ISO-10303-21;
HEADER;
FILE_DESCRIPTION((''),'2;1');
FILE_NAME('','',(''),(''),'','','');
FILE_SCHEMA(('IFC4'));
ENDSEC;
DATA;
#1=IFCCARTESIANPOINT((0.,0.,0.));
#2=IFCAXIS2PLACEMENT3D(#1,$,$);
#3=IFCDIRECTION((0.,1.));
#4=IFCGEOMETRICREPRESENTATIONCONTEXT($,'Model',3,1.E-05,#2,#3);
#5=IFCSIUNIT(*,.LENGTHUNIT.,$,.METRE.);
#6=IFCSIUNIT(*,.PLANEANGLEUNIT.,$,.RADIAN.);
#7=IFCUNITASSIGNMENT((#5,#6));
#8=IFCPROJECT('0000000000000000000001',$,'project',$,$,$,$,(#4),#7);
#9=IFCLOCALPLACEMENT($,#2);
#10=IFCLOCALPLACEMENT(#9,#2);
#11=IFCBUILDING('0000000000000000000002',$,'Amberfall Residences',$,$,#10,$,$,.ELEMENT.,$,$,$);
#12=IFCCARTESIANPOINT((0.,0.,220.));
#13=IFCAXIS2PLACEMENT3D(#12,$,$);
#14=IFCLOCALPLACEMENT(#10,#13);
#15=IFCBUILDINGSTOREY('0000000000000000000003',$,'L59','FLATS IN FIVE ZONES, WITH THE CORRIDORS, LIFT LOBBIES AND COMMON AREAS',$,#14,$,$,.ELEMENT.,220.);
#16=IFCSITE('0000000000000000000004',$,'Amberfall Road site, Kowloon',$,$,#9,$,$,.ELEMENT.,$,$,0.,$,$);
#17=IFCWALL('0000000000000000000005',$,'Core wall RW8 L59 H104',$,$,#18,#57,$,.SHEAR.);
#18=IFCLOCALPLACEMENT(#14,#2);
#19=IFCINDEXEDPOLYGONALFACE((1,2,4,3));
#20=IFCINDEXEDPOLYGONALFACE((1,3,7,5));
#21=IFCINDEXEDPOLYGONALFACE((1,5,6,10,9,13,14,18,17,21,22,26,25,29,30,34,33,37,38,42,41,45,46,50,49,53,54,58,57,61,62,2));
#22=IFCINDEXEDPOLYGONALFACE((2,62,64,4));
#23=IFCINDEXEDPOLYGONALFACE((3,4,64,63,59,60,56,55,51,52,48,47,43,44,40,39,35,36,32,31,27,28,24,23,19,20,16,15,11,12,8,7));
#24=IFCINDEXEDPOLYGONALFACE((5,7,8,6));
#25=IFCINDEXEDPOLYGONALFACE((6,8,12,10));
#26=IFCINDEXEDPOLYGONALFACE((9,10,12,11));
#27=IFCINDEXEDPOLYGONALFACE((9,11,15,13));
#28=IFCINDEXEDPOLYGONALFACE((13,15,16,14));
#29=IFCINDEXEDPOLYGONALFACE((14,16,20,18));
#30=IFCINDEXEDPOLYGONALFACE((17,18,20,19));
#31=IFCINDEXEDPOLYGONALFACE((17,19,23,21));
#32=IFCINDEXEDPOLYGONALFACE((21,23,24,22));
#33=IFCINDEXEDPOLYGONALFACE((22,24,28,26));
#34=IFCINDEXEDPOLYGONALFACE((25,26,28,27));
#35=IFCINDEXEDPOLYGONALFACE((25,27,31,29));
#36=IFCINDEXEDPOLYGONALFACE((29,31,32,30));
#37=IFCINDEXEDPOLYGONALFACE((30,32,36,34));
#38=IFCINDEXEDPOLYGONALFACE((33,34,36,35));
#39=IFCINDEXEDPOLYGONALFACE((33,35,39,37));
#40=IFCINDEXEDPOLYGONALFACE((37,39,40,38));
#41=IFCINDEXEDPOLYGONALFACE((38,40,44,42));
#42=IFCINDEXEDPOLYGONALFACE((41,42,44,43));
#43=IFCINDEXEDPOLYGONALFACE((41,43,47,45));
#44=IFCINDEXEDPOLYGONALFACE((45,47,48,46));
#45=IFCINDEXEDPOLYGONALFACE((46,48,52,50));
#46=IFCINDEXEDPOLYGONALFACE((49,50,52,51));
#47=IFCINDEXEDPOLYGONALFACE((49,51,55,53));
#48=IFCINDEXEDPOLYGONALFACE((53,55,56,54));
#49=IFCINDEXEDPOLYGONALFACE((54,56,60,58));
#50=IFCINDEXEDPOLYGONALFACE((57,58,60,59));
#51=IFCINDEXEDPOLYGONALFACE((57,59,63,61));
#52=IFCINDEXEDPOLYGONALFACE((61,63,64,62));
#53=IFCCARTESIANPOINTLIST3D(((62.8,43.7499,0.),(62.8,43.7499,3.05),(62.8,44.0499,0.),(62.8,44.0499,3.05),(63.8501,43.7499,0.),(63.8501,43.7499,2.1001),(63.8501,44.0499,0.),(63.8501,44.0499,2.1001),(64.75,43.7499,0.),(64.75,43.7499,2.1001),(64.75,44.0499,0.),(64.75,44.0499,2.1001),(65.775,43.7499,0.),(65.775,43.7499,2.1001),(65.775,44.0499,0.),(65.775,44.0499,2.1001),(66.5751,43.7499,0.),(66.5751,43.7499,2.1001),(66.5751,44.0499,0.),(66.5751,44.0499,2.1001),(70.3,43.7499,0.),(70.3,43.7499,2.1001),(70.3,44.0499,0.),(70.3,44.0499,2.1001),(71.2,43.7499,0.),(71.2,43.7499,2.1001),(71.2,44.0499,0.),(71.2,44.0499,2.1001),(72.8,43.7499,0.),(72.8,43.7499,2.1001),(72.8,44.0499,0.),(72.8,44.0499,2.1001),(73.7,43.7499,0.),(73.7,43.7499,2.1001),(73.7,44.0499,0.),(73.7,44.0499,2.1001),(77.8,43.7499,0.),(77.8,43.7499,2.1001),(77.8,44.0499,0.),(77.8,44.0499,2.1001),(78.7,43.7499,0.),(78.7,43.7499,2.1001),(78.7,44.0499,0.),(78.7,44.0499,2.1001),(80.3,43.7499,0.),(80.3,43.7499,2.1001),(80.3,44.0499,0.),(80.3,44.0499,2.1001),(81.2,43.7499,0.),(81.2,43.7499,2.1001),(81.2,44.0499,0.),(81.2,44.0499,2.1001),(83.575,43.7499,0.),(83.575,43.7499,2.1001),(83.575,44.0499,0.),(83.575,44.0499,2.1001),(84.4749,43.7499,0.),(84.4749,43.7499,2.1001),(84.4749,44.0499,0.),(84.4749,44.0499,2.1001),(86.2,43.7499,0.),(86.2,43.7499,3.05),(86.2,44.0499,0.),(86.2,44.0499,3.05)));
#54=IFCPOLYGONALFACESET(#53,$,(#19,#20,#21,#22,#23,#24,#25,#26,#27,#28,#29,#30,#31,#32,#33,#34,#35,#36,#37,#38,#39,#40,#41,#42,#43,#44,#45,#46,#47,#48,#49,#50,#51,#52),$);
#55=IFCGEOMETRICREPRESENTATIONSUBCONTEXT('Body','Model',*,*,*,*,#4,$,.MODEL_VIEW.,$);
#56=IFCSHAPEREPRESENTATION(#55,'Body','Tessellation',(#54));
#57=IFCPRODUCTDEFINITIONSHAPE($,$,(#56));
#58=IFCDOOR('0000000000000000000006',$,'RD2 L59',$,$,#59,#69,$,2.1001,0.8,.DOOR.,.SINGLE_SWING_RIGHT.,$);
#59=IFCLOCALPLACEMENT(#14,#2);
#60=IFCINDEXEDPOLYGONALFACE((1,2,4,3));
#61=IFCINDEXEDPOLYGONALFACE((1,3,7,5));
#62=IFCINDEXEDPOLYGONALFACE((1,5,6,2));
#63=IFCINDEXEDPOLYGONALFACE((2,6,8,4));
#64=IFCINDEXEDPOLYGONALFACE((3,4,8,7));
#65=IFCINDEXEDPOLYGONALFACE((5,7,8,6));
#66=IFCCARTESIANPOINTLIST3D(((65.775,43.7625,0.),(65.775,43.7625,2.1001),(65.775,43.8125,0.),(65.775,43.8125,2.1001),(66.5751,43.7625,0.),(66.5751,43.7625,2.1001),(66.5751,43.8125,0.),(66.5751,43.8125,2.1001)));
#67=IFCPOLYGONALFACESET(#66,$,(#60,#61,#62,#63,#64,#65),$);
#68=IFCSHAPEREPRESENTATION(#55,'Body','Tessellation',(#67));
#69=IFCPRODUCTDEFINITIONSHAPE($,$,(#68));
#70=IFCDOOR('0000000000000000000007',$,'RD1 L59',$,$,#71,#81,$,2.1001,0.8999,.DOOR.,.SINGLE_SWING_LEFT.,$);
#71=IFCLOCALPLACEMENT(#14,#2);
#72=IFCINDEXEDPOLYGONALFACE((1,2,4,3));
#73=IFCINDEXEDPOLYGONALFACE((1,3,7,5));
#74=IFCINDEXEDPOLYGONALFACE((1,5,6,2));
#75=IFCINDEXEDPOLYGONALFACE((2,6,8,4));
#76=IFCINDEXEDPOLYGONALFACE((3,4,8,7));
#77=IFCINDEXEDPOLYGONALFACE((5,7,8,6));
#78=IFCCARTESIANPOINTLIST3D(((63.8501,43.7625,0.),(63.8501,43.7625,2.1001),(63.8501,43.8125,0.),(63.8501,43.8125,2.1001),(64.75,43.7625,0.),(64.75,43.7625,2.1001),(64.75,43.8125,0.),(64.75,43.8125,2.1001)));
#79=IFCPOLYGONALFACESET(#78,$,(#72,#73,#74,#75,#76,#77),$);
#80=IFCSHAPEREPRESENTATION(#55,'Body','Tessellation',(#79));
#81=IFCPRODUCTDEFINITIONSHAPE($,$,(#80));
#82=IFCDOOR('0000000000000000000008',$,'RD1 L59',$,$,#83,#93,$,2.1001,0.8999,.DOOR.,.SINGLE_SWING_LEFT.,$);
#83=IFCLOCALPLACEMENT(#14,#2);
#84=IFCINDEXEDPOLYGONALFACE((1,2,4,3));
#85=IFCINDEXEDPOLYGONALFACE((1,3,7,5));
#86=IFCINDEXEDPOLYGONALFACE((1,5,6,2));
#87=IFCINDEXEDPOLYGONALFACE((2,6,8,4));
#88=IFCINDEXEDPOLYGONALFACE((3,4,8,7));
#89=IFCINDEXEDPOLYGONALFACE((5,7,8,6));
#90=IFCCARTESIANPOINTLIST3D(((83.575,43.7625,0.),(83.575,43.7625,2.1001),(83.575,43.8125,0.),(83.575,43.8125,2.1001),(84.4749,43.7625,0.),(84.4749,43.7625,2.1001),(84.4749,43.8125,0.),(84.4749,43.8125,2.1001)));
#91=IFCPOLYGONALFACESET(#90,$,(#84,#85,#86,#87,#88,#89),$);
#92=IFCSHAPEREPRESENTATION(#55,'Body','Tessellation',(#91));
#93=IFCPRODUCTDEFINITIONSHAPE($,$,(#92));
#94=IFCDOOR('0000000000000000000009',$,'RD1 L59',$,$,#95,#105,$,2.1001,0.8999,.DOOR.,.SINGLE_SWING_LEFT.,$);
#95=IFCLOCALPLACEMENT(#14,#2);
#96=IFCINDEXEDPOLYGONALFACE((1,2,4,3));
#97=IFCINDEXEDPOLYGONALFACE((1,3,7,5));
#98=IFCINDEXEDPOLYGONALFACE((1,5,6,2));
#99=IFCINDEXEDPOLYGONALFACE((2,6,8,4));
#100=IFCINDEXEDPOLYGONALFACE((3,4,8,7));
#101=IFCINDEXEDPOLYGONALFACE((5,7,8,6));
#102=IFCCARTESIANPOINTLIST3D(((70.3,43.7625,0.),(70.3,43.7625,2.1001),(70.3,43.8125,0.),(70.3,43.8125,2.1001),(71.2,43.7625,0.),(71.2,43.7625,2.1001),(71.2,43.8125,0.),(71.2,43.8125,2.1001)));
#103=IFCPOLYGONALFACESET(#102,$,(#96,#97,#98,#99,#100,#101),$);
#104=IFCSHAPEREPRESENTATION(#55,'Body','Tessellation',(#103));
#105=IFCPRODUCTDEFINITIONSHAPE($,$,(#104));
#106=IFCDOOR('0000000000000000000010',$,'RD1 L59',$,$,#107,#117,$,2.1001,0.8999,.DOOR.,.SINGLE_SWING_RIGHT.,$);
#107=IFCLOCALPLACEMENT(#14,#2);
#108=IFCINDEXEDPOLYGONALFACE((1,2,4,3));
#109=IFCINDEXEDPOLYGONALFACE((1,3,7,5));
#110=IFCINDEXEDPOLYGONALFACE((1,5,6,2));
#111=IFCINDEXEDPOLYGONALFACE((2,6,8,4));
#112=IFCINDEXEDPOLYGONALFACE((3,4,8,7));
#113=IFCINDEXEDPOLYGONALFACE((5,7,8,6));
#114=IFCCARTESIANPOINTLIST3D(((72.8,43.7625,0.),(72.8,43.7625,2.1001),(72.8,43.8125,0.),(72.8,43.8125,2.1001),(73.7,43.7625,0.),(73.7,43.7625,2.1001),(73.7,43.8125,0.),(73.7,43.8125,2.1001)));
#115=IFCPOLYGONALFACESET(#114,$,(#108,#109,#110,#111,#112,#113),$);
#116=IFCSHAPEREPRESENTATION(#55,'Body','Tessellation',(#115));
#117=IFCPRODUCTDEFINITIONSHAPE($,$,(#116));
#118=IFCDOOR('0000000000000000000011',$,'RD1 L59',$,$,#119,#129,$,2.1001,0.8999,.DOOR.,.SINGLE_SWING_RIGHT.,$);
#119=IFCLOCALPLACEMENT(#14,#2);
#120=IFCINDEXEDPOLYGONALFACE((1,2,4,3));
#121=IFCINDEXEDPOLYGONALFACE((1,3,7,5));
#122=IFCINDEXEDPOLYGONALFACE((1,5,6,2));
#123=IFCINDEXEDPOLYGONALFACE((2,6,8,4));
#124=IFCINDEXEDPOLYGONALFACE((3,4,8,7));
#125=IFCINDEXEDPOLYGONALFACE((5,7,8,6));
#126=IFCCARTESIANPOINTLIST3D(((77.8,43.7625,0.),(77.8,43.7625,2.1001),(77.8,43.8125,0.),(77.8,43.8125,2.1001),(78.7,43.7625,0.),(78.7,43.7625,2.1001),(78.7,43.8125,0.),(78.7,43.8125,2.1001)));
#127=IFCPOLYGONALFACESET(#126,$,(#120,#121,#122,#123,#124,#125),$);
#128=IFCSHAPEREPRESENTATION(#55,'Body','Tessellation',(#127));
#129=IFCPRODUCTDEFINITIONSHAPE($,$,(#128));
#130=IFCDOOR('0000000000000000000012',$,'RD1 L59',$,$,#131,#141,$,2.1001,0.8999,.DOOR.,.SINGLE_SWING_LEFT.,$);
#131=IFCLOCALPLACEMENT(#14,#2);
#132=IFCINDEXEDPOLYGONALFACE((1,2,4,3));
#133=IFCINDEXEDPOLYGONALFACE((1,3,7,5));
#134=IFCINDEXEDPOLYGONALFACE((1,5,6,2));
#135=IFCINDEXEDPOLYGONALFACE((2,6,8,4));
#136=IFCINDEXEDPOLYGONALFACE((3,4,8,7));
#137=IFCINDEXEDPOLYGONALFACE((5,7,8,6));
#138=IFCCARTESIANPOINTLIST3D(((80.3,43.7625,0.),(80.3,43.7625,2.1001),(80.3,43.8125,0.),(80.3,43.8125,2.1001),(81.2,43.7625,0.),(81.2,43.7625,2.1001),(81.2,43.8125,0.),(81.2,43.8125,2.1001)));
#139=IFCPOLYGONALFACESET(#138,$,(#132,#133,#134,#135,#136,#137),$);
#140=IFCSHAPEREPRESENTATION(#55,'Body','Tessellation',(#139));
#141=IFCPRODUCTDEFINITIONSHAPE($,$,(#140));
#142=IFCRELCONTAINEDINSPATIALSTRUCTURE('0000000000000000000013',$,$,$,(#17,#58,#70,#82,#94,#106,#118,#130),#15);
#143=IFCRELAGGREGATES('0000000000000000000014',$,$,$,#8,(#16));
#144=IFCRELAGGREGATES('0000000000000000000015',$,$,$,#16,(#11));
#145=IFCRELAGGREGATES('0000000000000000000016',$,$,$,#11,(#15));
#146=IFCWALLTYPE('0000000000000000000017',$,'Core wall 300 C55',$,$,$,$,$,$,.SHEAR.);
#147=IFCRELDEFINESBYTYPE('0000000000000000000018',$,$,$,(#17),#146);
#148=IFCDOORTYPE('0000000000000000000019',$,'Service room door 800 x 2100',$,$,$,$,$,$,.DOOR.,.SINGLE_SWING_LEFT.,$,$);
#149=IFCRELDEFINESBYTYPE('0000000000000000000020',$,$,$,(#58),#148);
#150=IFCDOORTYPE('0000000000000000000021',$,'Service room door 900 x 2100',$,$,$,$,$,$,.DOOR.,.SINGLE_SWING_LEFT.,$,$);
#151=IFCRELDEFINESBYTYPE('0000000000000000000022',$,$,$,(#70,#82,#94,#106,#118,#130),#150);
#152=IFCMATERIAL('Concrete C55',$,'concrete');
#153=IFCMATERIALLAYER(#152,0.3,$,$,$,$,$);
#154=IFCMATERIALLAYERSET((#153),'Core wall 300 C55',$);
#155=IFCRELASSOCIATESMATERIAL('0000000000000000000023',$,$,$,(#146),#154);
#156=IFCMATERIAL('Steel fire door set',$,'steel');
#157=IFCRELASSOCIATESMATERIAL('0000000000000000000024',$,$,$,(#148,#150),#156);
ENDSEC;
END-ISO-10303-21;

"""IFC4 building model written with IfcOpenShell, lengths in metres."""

from ifc_helpers import new_model, si_unit, direction, frame, frame_2d, origin, place, context, subcontext, project, spatial, rectangle, extrude, material, layer, layer_set, type_object, element, fill, save


model = new_model("IFC4")

# Units and contexts
model_context = context("Model", 3, precision=1e-05, world=origin(), true_north=direction((0.0, 1.0)))
body_context = subcontext(model_context, "Body", "Model", "MODEL_VIEW")
ifc_project = project(units=[si_unit("LENGTHUNIT", "METRE"), si_unit("PLANEANGLEUNIT", "RADIAN")], contexts=[model_context])

# Site, building, storey
site_placement = place(None, origin())
site = spatial("IfcSite", under=ifc_project, at=site_placement, Name="Amberfall Road site, Kowloon", CompositionType="ELEMENT", RefElevation=0.0)
building_placement = place(site_placement, origin())
building = spatial("IfcBuilding", under=site, at=building_placement, Name="Amberfall Residences", CompositionType="ELEMENT")
storey_placement = place(building_placement, frame((0.0, 0.0, 220.0)))
storey = spatial("IfcBuildingStorey", under=building, at=storey_placement, Name="L59", Description="FLATS IN FIVE ZONES, WITH THE CORRIDORS, LIFT LOBBIES AND COMMON AREAS", CompositionType="ELEMENT", Elevation=220.0)

# Wall, openings, doors
ifc_material_1 = material(Name="Concrete C55", Category="concrete")
ifc_layer_1 = layer(ifc_material_1, 0.3)
ifc_layer_set_1 = layer_set([ifc_layer_1], Name="Core wall 300 C55")
wall_type_1 = type_object("IfcWallType", Name="Core wall 300 C55", PredefinedType="SHEAR", material=ifc_layer_set_1)
wall_1_placement = place(storey_placement, frame((62.8, 43.8999, 0.0), z_axis=(0.0, 0.0, 1.0), x_axis=(1.0, 0.0, 0.0)))
wall_1 = element("IfcWall", 1, at=wall_1_placement, inside=storey, type_object=wall_type_1, Name="Core wall RW8 L59 H104", PredefinedType="SHEAR", context=body_context, shape_type="SweptSolid", body=[
    extrude(rectangle(XDim=23.3999, YDim=0.3, at=frame_2d((11.7, 0.0))), origin(), (0.0, 0.0, 1.0), 3.05),
])
opening_1_placement = place(wall_1_placement, frame((1.05, 0.0, 0.0)))
opening_1 = element("IfcOpeningElement", 2, at=opening_1_placement, cuts=wall_1, PredefinedType="OPENING", context=body_context, shape_type="SweptSolid", body=[
    extrude(rectangle(XDim=0.8999, YDim=2.1001, at=frame_2d((0.45, 1.05))), frame((0.0, 0.1599, 0.0), z_axis=(0.0, -1.0, 0.0), x_axis=(1.0, 0.0, 0.0)), (0.0, 0.0, 1.0), 0.3201),
])
opening_2_placement = place(wall_1_placement, frame((2.9751, 0.0, 0.0)))
opening_2 = element("IfcOpeningElement", 3, at=opening_2_placement, cuts=wall_1, PredefinedType="OPENING", context=body_context, shape_type="SweptSolid", body=[
    extrude(rectangle(XDim=0.8, YDim=2.1001, at=frame_2d((0.3999, 1.05))), frame((0.0, 0.1599, 0.0), z_axis=(0.0, -1.0, 0.0), x_axis=(1.0, 0.0, 0.0)), (0.0, 0.0, 1.0), 0.3201),
])
opening_3_placement = place(wall_1_placement, frame((20.7749, 0.0, 0.0)))
opening_3 = element("IfcOpeningElement", 4, at=opening_3_placement, cuts=wall_1, PredefinedType="OPENING", context=body_context, shape_type="SweptSolid", body=[
    extrude(rectangle(XDim=0.8999, YDim=2.1001, at=frame_2d((0.45, 1.05))), frame((0.0, 0.1599, 0.0), z_axis=(0.0, -1.0, 0.0), x_axis=(1.0, 0.0, 0.0)), (0.0, 0.0, 1.0), 0.3201),
])
opening_4_placement = place(wall_1_placement, frame((7.5, 0.0, 0.0)))
opening_4 = element("IfcOpeningElement", 5, at=opening_4_placement, cuts=wall_1, PredefinedType="OPENING", context=body_context, shape_type="SweptSolid", body=[
    extrude(rectangle(XDim=0.8999, YDim=2.1001, at=frame_2d((0.45, 1.05))), frame((0.0, 0.1599, 0.0), z_axis=(0.0, -1.0, 0.0), x_axis=(1.0, 0.0, 0.0)), (0.0, 0.0, 1.0), 0.3201),
])
opening_5_placement = place(wall_1_placement, frame((10.0, 0.0, 0.0)))
opening_5 = element("IfcOpeningElement", 6, at=opening_5_placement, cuts=wall_1, PredefinedType="OPENING", context=body_context, shape_type="SweptSolid", body=[
    extrude(rectangle(XDim=0.8999, YDim=2.1001, at=frame_2d((0.45, 1.05))), frame((0.0, 0.1599, 0.0), z_axis=(0.0, -1.0, 0.0), x_axis=(1.0, 0.0, 0.0)), (0.0, 0.0, 1.0), 0.3201),
])
opening_6_placement = place(wall_1_placement, frame((15.0, 0.0, 0.0)))
opening_6 = element("IfcOpeningElement", 7, at=opening_6_placement, cuts=wall_1, PredefinedType="OPENING", context=body_context, shape_type="SweptSolid", body=[
    extrude(rectangle(XDim=0.8999, YDim=2.1001, at=frame_2d((0.45, 1.05))), frame((0.0, 0.1599, 0.0), z_axis=(0.0, -1.0, 0.0), x_axis=(1.0, 0.0, 0.0)), (0.0, 0.0, 1.0), 0.3201),
])
opening_7_placement = place(wall_1_placement, frame((17.5, 0.0, 0.0)))
opening_7 = element("IfcOpeningElement", 8, at=opening_7_placement, cuts=wall_1, PredefinedType="OPENING", context=body_context, shape_type="SweptSolid", body=[
    extrude(rectangle(XDim=0.8999, YDim=2.1001, at=frame_2d((0.45, 1.05))), frame((0.0, 0.1599, 0.0), z_axis=(0.0, -1.0, 0.0), x_axis=(1.0, 0.0, 0.0)), (0.0, 0.0, 1.0), 0.3201),
])
ifc_material_2 = material(Name="Steel fire door set", Category="steel")
door_type_1 = type_object("IfcDoorType", Name="Service room door 800 x 2100", OperationType="SINGLE_SWING_LEFT", PredefinedType="DOOR", material=ifc_material_2)
door_1_placement = place(opening_2_placement, origin())
door_1 = element("IfcDoor", 9, at=door_1_placement, inside=storey, type_object=door_type_1, Name="RD2 L59", OperationType="SINGLE_SWING_RIGHT", OverallHeight=2.1001, OverallWidth=0.8, PredefinedType="DOOR", context=body_context, shape_type="SweptSolid", body=[
    extrude(rectangle(XDim=0.8, YDim=2.1001, at=frame_2d((0.3999, 1.05))), frame((0.0, -0.0874, 0.0), z_axis=(0.0, -1.0, 0.0), x_axis=(1.0, 0.0, 0.0)), (0.0, 0.0, 1.0), 0.05),
])
fill(opening_2, door_1)
door_type_2 = type_object("IfcDoorType", Name="Service room door 900 x 2100", OperationType="SINGLE_SWING_LEFT", PredefinedType="DOOR", material=ifc_material_2)
door_2_placement = place(opening_1_placement, origin())
door_2 = element("IfcDoor", 10, at=door_2_placement, inside=storey, type_object=door_type_2, Name="RD1 L59", OperationType="SINGLE_SWING_LEFT", OverallHeight=2.1001, OverallWidth=0.8999, PredefinedType="DOOR", context=body_context, shape_type="SweptSolid", body=[
    extrude(rectangle(XDim=0.8999, YDim=2.1001, at=frame_2d((0.45, 1.05))), frame((0.0, -0.0874, 0.0), z_axis=(0.0, -1.0, 0.0), x_axis=(1.0, 0.0, 0.0)), (0.0, 0.0, 1.0), 0.05),
])
fill(opening_1, door_2)
door_3_placement = place(opening_3_placement, origin())
door_3 = element("IfcDoor", 11, at=door_3_placement, inside=storey, type_object=door_type_2, Name="RD1 L59", OperationType="SINGLE_SWING_LEFT", OverallHeight=2.1001, OverallWidth=0.8999, PredefinedType="DOOR", context=body_context, shape_type="SweptSolid", body=[
    extrude(rectangle(XDim=0.8999, YDim=2.1001, at=frame_2d((0.45, 1.05))), frame((0.0, -0.0874, 0.0), z_axis=(0.0, -1.0, 0.0), x_axis=(1.0, 0.0, 0.0)), (0.0, 0.0, 1.0), 0.05),
])
fill(opening_3, door_3)
door_4_placement = place(opening_4_placement, origin())
door_4 = element("IfcDoor", 12, at=door_4_placement, inside=storey, type_object=door_type_2, Name="RD1 L59", OperationType="SINGLE_SWING_LEFT", OverallHeight=2.1001, OverallWidth=0.8999, PredefinedType="DOOR", context=body_context, shape_type="SweptSolid", body=[
    extrude(rectangle(XDim=0.8999, YDim=2.1001, at=frame_2d((0.45, 1.05))), frame((0.0, -0.0874, 0.0), z_axis=(0.0, -1.0, 0.0), x_axis=(1.0, 0.0, 0.0)), (0.0, 0.0, 1.0), 0.05),
])
fill(opening_4, door_4)
door_5_placement = place(opening_5_placement, origin())
door_5 = element("IfcDoor", 13, at=door_5_placement, inside=storey, type_object=door_type_2, Name="RD1 L59", OperationType="SINGLE_SWING_RIGHT", OverallHeight=2.1001, OverallWidth=0.8999, PredefinedType="DOOR", context=body_context, shape_type="SweptSolid", body=[
    extrude(rectangle(XDim=0.8999, YDim=2.1001, at=frame_2d((0.45, 1.05))), frame((0.0, -0.0874, 0.0), z_axis=(0.0, -1.0, 0.0), x_axis=(1.0, 0.0, 0.0)), (0.0, 0.0, 1.0), 0.05),
])
fill(opening_5, door_5)
door_6_placement = place(opening_6_placement, origin())
door_6 = element("IfcDoor", 14, at=door_6_placement, inside=storey, type_object=door_type_2, Name="RD1 L59", OperationType="SINGLE_SWING_RIGHT", OverallHeight=2.1001, OverallWidth=0.8999, PredefinedType="DOOR", context=body_context, shape_type="SweptSolid", body=[
    extrude(rectangle(XDim=0.8999, YDim=2.1001, at=frame_2d((0.45, 1.05))), frame((0.0, -0.0874, 0.0), z_axis=(0.0, -1.0, 0.0), x_axis=(1.0, 0.0, 0.0)), (0.0, 0.0, 1.0), 0.05),
])
fill(opening_6, door_6)
door_7_placement = place(opening_7_placement, origin())
door_7 = element("IfcDoor", 15, at=door_7_placement, inside=storey, type_object=door_type_2, Name="RD1 L59", OperationType="SINGLE_SWING_LEFT", OverallHeight=2.1001, OverallWidth=0.8999, PredefinedType="DOOR", context=body_context, shape_type="SweptSolid", body=[
    extrude(rectangle(XDim=0.8999, YDim=2.1001, at=frame_2d((0.45, 1.05))), frame((0.0, -0.0874, 0.0), z_axis=(0.0, -1.0, 0.0), x_axis=(1.0, 0.0, 0.0)), (0.0, 0.0, 1.0), 0.05),
])
fill(opening_7, door_7)

save(model, "model.ifc")
